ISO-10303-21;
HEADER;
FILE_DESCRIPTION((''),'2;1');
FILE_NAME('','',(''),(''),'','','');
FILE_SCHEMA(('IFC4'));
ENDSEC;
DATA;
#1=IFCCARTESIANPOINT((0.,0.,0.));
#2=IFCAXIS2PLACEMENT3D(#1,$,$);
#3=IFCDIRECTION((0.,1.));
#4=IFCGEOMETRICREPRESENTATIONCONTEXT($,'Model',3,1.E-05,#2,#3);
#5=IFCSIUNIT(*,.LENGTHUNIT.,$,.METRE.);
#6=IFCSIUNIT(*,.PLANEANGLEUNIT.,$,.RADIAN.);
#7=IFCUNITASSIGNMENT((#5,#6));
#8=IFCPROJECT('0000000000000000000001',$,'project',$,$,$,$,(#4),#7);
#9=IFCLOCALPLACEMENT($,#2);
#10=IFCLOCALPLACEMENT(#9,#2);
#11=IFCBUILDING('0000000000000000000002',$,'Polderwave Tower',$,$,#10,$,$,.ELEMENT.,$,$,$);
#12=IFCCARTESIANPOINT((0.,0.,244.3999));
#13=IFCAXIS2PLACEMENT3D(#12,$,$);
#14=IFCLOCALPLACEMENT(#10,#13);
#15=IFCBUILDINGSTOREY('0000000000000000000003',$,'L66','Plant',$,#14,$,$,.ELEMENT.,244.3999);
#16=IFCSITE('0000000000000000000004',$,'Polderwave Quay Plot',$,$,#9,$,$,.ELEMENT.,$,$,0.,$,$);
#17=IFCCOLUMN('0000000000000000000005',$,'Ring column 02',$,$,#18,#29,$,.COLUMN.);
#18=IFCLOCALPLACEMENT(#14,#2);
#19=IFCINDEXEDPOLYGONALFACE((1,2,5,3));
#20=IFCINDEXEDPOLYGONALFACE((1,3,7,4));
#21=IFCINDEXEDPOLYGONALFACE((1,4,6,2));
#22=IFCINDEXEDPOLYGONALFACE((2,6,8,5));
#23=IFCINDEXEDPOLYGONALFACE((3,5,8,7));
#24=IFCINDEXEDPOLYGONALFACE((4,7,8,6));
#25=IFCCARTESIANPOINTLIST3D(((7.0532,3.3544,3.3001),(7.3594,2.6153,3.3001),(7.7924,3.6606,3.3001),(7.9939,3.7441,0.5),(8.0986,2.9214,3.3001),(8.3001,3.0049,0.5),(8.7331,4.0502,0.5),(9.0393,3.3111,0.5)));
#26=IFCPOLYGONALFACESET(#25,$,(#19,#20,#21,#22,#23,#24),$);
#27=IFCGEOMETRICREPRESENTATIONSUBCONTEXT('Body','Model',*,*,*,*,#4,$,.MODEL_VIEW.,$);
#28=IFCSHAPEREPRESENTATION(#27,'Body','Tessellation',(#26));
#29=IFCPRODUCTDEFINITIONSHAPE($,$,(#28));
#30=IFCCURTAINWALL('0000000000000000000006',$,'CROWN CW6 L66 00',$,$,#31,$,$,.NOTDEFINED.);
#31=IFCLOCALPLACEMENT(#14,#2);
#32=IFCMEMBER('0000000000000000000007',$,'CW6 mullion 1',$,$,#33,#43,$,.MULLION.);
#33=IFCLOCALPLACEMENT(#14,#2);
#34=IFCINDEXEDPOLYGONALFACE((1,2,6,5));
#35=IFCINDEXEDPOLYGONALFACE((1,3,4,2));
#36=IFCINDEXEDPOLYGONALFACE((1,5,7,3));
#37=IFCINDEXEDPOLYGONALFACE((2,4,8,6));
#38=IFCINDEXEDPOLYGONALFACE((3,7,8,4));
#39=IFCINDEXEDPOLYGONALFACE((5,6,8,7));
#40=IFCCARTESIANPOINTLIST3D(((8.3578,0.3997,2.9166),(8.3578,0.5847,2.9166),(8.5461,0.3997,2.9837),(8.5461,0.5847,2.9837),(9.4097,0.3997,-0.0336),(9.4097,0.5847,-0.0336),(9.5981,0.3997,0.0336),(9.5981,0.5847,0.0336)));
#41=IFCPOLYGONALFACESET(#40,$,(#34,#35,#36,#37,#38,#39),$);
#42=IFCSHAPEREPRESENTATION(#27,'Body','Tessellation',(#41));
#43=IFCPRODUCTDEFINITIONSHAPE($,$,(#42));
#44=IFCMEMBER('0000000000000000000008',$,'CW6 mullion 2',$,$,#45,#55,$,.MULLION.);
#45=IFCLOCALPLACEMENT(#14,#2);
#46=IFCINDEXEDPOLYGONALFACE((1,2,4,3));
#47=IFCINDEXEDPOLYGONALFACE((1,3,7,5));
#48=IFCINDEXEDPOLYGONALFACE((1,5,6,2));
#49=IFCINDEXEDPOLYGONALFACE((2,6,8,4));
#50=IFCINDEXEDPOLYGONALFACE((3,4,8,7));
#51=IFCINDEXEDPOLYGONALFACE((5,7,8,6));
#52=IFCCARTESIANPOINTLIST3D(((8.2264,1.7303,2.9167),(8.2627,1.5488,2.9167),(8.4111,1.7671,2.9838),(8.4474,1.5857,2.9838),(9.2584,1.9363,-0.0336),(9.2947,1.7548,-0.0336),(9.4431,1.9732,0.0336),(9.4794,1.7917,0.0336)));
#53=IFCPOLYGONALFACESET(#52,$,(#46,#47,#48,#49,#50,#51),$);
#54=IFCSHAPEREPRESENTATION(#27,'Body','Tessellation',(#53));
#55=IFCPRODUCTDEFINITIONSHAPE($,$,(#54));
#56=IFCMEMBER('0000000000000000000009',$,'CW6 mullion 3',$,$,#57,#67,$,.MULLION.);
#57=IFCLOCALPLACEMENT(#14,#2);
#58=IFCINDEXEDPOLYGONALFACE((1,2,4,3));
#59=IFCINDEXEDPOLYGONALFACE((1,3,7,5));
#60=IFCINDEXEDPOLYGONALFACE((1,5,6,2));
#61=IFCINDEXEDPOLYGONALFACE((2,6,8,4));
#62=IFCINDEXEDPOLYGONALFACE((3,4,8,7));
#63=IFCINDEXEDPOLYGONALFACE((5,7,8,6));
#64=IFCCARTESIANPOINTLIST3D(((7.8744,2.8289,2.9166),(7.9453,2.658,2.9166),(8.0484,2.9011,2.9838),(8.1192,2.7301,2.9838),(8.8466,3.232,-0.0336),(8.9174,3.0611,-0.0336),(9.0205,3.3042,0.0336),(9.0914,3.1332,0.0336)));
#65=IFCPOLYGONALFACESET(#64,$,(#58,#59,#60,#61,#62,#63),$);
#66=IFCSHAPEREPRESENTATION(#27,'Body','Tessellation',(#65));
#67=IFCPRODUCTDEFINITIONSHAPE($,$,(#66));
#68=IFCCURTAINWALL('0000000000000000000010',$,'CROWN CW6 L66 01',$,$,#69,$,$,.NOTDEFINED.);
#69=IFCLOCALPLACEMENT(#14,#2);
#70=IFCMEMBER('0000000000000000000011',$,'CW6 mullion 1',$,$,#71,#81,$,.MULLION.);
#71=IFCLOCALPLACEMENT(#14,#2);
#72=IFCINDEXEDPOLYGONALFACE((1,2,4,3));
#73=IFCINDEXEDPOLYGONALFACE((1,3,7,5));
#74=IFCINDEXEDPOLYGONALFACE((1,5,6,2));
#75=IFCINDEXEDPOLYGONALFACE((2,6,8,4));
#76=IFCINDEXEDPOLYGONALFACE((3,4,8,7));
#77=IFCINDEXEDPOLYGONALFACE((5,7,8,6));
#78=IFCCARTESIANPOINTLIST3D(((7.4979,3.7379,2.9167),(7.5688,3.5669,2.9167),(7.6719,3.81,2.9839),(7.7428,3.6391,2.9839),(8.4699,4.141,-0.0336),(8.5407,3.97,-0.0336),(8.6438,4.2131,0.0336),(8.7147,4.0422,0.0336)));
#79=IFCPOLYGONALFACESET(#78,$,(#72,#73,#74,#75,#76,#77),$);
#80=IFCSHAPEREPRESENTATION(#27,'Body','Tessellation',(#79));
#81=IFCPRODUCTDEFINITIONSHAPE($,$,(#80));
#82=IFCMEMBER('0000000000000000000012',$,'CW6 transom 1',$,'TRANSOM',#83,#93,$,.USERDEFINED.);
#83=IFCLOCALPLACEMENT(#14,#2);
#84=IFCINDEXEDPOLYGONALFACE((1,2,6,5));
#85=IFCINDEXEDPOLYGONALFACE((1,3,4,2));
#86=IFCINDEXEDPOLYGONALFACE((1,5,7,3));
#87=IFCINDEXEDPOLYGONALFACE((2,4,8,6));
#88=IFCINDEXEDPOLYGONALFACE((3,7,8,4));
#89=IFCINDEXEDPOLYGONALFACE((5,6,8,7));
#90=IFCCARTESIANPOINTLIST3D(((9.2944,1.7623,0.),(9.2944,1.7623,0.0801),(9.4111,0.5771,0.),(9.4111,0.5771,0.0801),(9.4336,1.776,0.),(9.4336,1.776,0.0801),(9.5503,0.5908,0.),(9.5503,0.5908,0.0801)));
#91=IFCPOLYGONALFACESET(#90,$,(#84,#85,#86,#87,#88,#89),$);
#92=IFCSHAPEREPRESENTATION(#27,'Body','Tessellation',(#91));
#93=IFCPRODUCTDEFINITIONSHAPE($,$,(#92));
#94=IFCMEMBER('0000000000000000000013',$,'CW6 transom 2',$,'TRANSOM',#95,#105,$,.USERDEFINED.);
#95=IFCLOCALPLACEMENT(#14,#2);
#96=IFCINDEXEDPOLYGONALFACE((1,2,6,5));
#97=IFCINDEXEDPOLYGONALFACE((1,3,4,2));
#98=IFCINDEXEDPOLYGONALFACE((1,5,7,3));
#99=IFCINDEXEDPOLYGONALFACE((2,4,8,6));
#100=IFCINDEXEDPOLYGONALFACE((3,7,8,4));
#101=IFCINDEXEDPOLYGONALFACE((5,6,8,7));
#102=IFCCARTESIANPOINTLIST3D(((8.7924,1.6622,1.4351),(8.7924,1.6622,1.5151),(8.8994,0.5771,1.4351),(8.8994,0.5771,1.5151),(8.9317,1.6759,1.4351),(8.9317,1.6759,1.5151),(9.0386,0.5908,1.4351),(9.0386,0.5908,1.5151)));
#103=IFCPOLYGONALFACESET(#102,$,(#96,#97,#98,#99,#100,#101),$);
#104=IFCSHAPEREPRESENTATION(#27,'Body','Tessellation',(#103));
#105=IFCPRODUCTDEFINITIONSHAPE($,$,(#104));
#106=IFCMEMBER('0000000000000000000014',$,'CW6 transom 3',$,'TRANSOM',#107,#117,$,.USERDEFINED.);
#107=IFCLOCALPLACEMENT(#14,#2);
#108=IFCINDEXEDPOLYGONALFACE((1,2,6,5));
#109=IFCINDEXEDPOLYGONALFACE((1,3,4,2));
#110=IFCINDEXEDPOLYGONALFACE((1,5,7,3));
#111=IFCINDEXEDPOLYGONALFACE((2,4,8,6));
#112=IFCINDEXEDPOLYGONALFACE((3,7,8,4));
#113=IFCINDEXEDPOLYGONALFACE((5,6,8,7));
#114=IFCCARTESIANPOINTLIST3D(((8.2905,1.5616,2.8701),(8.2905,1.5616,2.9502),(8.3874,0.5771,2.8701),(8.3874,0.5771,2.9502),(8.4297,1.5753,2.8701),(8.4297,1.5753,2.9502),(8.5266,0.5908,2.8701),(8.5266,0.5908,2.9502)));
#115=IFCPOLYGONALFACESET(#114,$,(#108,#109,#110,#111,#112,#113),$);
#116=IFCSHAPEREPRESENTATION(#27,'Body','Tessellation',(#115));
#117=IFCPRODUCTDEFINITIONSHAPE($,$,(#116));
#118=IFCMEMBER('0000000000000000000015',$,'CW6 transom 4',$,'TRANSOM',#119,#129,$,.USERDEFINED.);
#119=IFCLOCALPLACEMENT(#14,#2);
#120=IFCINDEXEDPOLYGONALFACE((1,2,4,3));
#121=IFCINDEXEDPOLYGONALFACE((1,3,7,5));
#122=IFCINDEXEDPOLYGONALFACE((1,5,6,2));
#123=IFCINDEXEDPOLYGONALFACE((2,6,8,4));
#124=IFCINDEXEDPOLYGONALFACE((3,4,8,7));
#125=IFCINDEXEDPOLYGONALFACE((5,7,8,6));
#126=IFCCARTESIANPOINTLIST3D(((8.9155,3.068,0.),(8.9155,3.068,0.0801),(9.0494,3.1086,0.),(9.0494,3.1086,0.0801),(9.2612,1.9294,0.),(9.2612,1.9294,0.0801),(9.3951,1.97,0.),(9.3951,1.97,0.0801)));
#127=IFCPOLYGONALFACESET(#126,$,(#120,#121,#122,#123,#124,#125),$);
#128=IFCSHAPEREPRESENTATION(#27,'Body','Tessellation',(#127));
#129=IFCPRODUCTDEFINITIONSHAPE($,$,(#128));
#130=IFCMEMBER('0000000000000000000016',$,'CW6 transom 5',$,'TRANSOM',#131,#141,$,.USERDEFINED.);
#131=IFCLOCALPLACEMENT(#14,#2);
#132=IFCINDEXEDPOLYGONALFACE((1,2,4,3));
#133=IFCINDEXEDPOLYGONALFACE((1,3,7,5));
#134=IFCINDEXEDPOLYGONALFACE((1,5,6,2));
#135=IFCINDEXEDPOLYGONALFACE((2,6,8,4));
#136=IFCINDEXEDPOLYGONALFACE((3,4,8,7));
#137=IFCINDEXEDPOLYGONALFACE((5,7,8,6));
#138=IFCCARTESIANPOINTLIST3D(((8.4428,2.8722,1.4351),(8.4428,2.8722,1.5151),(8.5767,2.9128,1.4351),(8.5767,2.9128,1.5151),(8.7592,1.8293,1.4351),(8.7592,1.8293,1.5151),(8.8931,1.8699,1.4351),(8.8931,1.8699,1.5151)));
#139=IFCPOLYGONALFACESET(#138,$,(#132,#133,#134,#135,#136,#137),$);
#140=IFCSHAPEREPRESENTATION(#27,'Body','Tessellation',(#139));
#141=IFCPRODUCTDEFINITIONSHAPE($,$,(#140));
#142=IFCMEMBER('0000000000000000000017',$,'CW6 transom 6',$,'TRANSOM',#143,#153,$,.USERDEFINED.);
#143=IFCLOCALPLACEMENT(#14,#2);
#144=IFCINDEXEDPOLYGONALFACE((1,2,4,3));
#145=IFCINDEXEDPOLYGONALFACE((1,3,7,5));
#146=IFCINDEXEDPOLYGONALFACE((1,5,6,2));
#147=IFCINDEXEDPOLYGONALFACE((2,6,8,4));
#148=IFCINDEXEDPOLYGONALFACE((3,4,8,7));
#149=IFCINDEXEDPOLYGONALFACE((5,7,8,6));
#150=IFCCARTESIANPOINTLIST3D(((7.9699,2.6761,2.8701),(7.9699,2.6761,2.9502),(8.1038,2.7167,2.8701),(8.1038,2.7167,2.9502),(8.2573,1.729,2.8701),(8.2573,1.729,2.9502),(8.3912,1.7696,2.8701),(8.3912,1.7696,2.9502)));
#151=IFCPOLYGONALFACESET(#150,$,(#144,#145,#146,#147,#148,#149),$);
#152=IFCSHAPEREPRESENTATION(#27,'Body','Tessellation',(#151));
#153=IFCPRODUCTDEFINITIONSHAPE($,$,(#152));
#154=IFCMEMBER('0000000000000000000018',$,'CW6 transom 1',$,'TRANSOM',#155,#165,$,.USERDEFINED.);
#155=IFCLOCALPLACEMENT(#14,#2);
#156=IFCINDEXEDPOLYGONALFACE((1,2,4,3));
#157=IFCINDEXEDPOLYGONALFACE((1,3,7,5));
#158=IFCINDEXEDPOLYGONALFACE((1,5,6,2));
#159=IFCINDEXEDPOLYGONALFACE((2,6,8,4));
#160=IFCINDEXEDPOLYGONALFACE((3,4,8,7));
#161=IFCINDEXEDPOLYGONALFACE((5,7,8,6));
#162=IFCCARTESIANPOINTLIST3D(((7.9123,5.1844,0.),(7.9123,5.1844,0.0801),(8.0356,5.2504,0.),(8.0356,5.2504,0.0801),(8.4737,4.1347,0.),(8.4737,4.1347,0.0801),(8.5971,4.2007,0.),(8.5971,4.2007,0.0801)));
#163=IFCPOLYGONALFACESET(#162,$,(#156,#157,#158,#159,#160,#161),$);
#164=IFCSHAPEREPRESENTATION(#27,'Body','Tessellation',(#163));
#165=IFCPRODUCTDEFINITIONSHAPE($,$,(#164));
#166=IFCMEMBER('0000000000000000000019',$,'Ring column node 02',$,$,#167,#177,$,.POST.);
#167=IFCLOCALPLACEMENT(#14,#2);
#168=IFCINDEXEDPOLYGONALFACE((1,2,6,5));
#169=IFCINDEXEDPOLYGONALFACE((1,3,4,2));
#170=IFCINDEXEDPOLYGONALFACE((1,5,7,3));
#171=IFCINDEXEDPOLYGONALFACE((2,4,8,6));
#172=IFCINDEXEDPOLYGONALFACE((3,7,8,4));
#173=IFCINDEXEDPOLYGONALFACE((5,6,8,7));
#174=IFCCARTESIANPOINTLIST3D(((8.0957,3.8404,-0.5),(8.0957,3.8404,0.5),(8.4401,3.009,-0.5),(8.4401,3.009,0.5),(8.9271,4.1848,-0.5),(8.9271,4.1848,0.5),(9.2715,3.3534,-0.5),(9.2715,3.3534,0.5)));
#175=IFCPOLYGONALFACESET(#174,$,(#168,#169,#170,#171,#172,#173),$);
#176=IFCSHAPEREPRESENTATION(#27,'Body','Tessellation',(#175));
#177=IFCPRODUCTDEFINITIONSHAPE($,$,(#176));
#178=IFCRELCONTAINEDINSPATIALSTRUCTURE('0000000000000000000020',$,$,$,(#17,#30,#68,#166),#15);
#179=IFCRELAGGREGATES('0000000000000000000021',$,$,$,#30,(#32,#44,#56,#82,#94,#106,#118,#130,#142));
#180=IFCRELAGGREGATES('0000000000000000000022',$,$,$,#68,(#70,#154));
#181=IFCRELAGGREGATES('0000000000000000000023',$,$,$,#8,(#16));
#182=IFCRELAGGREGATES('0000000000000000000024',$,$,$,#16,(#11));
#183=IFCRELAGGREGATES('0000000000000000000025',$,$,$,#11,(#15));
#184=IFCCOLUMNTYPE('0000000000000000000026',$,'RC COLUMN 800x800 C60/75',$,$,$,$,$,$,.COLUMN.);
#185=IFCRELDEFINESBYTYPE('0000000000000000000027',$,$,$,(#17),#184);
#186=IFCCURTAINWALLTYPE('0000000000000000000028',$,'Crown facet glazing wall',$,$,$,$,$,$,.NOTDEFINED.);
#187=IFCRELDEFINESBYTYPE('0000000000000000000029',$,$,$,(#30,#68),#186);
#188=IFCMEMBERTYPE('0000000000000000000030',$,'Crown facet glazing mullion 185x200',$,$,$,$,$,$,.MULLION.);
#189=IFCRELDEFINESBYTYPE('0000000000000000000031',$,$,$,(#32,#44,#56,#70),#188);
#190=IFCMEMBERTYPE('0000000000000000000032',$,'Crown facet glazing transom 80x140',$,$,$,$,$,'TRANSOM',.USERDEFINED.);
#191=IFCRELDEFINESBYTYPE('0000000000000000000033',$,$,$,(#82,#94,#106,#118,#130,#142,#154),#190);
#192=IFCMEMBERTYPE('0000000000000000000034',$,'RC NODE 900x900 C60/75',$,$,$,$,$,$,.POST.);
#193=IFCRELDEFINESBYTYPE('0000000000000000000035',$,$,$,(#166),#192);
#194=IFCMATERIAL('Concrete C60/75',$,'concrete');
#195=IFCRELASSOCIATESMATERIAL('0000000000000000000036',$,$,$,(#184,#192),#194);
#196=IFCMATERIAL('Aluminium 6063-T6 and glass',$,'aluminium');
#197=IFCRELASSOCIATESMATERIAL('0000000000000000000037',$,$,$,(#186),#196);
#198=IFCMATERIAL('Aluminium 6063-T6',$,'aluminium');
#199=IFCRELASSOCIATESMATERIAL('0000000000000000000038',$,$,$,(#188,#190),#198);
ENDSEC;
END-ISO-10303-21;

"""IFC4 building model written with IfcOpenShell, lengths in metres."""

from ifc_helpers import new_model, si_unit, direction, frame, origin, origin_2d, place, context, subcontext, project, spatial, rectangle, extrude, material, material_profile, profile_set, type_object, element, aggregate, save


model = new_model("IFC4")

# Units and contexts
model_context = context("Model", 3, precision=1e-05, world=origin(), true_north=direction((0.0, 1.0)))
body_context = subcontext(model_context, "Body", "Model", "MODEL_VIEW")
ifc_project = project(units=[si_unit("LENGTHUNIT", "METRE"), si_unit("PLANEANGLEUNIT", "RADIAN")], contexts=[model_context])

# Site, building, storey
site_placement = place(None, origin())
site = spatial("IfcSite", under=ifc_project, at=site_placement, Name="Polderwave Quay Plot", CompositionType="ELEMENT", RefElevation=0.0)
building_placement = place(site_placement, origin())
building = spatial("IfcBuilding", under=site, at=building_placement, Name="Polderwave Tower", CompositionType="ELEMENT")
storey_placement = place(building_placement, frame((0.0, 0.0, 244.3999)))
storey = spatial("IfcBuildingStorey", under=building, at=storey_placement, Name="L66", Description="Plant", CompositionType="ELEMENT", Elevation=244.3999)

# Column
ifc_material_1 = material(Name="Concrete C60/75", Category="concrete")
ifc_material_profile_1 = material_profile(ifc_material_1, rectangle(XDim=0.8, YDim=0.8, at=origin_2d()), Name="RC 800x800")
ifc_profile_set_1 = profile_set([ifc_material_profile_1], Name="Concrete C60/75")
column_type = type_object("IfcColumnType", Name="RC COLUMN 800x800 C60/75", PredefinedType="COLUMN", material=ifc_profile_set_1)
column_placement = place(storey_placement, frame((8.5166, 3.5276, 0.5), z_axis=(0.0, 0.0, 1.0), x_axis=(0.382691, -0.923877, 0.0)))
element("IfcColumn", 1, at=column_placement, inside=storey, type_object=column_type, Name="Ring column 02", PredefinedType="COLUMN", context=body_context, shape_type="SweptSolid", body=[
    extrude(rectangle(XDim=0.8, YDim=0.8, at=origin_2d()), origin(), (0.0, -0.341738, 0.939795), 2.9795),
])

# Curtain wall, members
ifc_material_2 = material(Name="Aluminium 6063-T6 and glass", Category="aluminium")
curtain_wall_type = type_object("IfcCurtainWallType", Name="Crown facet glazing wall", PredefinedType="NOTDEFINED", material=ifc_material_2)
curtain_wall_1_placement = place(storey_placement, origin())
curtain_wall_1 = element("IfcCurtainWall", 2, at=curtain_wall_1_placement, inside=storey, type_object=curtain_wall_type, Name="CROWN CW6 L66 00", PredefinedType="NOTDEFINED")
ifc_material_3 = material(Name="Aluminium 6063-T6", Category="aluminium")
ifc_material_profile_2 = material_profile(ifc_material_3, rectangle(XDim=0.1851, YDim=0.2, at=origin_2d()), Name="AL 185x200")
ifc_profile_set_2 = profile_set([ifc_material_profile_2], Name="Aluminium 6063-T6")
member_type_1 = type_object("IfcMemberType", Name="Crown facet glazing mullion 185x200", PredefinedType="MULLION", material=ifc_profile_set_2)
member_1_placement = place(storey_placement, frame((9.5039, 0.4922, 0.0), z_axis=(-0.335872, 0.0, 0.941908), x_axis=(0.0, -1.0, 0.0)))
member_1 = element("IfcMember", 3, at=member_1_placement, type_object=member_type_1, Name="CW6 mullion 1", PredefinedType="MULLION", context=body_context, shape_type="SweptSolid", body=[
    extrude(rectangle(XDim=0.1851, YDim=0.2, at=origin_2d()), origin(), (0.0, 0.0, 1.0), 3.1321),
])
member_2_placement = place(storey_placement, frame((9.3689, 1.864, 0.0), z_axis=(-0.329468, -0.065785, 0.941872), x_axis=(0.195804, -0.980643, 0.0)))
member_2 = element("IfcMember", 4, at=member_2_placement, type_object=member_type_1, Name="CW6 mullion 2", PredefinedType="MULLION", context=body_context, shape_type="SweptSolid", body=[
    extrude(rectangle(XDim=0.1851, YDim=0.2, at=origin_2d()), origin(), (0.0, 0.0, 1.0), 3.1323),
])
member_3_placement = place(storey_placement, frame((8.969, 3.1826, 0.0), z_axis=(-0.31037, -0.128684, 0.941866), x_axis=(0.383001, -0.923748, 0.0)))
member_3 = element("IfcMember", 5, at=member_3_placement, type_object=member_type_1, Name="CW6 mullion 3", PredefinedType="MULLION", context=body_context, shape_type="SweptSolid", body=[
    extrude(rectangle(XDim=0.1851, YDim=0.2, at=origin_2d()), origin(), (0.0, 0.0, 1.0), 3.1323),
])

# Curtain wall, member
curtain_wall_2_placement = place(storey_placement, origin())
curtain_wall_2 = element("IfcCurtainWall", 6, at=curtain_wall_2_placement, inside=storey, type_object=curtain_wall_type, Name="CROWN CW6 L66 01", PredefinedType="NOTDEFINED")
member_4_placement = place(storey_placement, frame((8.5923, 4.0916, 0.0), z_axis=(-0.310299, -0.128687, 0.941888), x_axis=(0.383083, -0.923714, 0.0)))
member_4 = element("IfcMember", 7, at=member_4_placement, type_object=member_type_1, Name="CW6 mullion 1", PredefinedType="MULLION", context=body_context, shape_type="SweptSolid", body=[
    extrude(rectangle(XDim=0.1851, YDim=0.2, at=origin_2d()), origin(), (0.0, 0.0, 1.0), 3.1323),
])

# Members
ifc_material_profile_3 = material_profile(ifc_material_3, rectangle(XDim=0.1399, YDim=0.0801, at=origin_2d()), Name="AL 80x140")
ifc_profile_set_3 = profile_set([ifc_material_profile_3], Name="Aluminium 6063-T6")
member_type_2 = type_object("IfcMemberType", Name="Crown facet glazing transom 80x140", ElementType="TRANSOM", PredefinedType="USERDEFINED", material=ifc_profile_set_3)
member_5_placement = place(storey_placement, frame((9.4807, 0.584, 0.04), z_axis=(-0.097981, 0.995188, 0.0), x_axis=(-0.995188, -0.097981, 0.0)))
member_5 = element("IfcMember", 8, at=member_5_placement, type_object=member_type_2, Name="CW6 transom 1", ObjectType="TRANSOM", PredefinedType="USERDEFINED", context=body_context, shape_type="SweptSolid", body=[
    extrude(rectangle(XDim=0.1399, YDim=0.0801, at=origin_2d()), origin(), (0.0, 0.0, 1.0), 1.1909),
])
member_6_placement = place(storey_placement, frame((8.969, 0.584, 1.4751), z_axis=(-0.098085, 0.995178, 0.0), x_axis=(-0.995178, -0.098085, 0.0)))
member_6 = element("IfcMember", 9, at=member_6_placement, type_object=member_type_2, Name="CW6 transom 2", ObjectType="TRANSOM", PredefinedType="USERDEFINED", context=body_context, shape_type="SweptSolid", body=[
    extrude(rectangle(XDim=0.1399, YDim=0.0801, at=origin_2d()), origin(), (0.0, 0.0, 1.0), 1.0903),
])
member_7_placement = place(storey_placement, frame((8.457, 0.584, 2.9102), z_axis=(-0.097964, 0.99519, 0.0), x_axis=(-0.99519, -0.097964, 0.0)))
member_7 = element("IfcMember", 10, at=member_7_placement, type_object=member_type_2, Name="CW6 transom 3", ObjectType="TRANSOM", PredefinedType="USERDEFINED", context=body_context, shape_type="SweptSolid", body=[
    extrude(rectangle(XDim=0.1399, YDim=0.0801, at=origin_2d()), origin(), (0.0, 0.0, 1.0), 0.9893),
])
member_8_placement = place(storey_placement, frame((9.3281, 1.9497, 0.04), z_axis=(-0.290508, 0.956872, 0.0), x_axis=(-0.956872, -0.290508, 0.0)))
member_8 = element("IfcMember", 11, at=member_8_placement, type_object=member_type_2, Name="CW6 transom 4", ObjectType="TRANSOM", PredefinedType="USERDEFINED", context=body_context, shape_type="SweptSolid", body=[
    extrude(rectangle(XDim=0.1399, YDim=0.0801, at=origin_2d()), origin(), (0.0, 0.0, 1.0), 1.1899),
])
member_9_placement = place(storey_placement, frame((8.8262, 1.8496, 1.4751), z_axis=(-0.290306, 0.956934, 0.0), x_axis=(-0.956934, -0.290306, 0.0)))
member_9 = element("IfcMember", 12, at=member_9_placement, type_object=member_type_2, Name="CW6 transom 5", ObjectType="TRANSOM", PredefinedType="USERDEFINED", context=body_context, shape_type="SweptSolid", body=[
    extrude(rectangle(XDim=0.1399, YDim=0.0801, at=origin_2d()), origin(), (0.0, 0.0, 1.0), 1.0898),
])
member_10_placement = place(storey_placement, frame((8.3242, 1.7493, 2.9102), z_axis=(-0.290357, 0.956919, 0.0), x_axis=(-0.956919, -0.290357, 0.0)))
member_10 = element("IfcMember", 13, at=member_10_placement, type_object=member_type_2, Name="CW6 transom 6", ObjectType="TRANSOM", PredefinedType="USERDEFINED", context=body_context, shape_type="SweptSolid", body=[
    extrude(rectangle(XDim=0.1399, YDim=0.0801, at=origin_2d()), origin(), (0.0, 0.0, 1.0), 0.9897),
])
member_11_placement = place(storey_placement, frame((8.5354, 4.1677, 0.04), z_axis=(-0.471652, 0.881785, 0.0), x_axis=(-0.881785, -0.471652, 0.0)))
member_11 = element("IfcMember", 14, at=member_11_placement, type_object=member_type_2, Name="CW6 transom 1", ObjectType="TRANSOM", PredefinedType="USERDEFINED", context=body_context, shape_type="SweptSolid", body=[
    extrude(rectangle(XDim=0.1399, YDim=0.0801, at=origin_2d()), origin(), (0.0, 0.0, 1.0), 1.1904),
])
ifc_material_profile_4 = material_profile(ifc_material_1, rectangle(XDim=0.8999, YDim=0.8999, at=origin_2d()), Name="RC 900x900")
ifc_profile_set_4 = profile_set([ifc_material_profile_4], Name="Concrete C60/75")
member_type_3 = type_object("IfcMemberType", Name="RC NODE 900x900 C60/75", PredefinedType="POST", material=ifc_profile_set_4)
member_12_placement = place(storey_placement, frame((8.6836, 3.5969, -0.5), z_axis=(0.0, 0.0, 1.0), x_axis=(0.92388, 0.382683, 0.0)))
element("IfcMember", 15, at=member_12_placement, inside=storey, type_object=member_type_3, Name="Ring column node 02", PredefinedType="POST", context=body_context, shape_type="SweptSolid", body=[
    extrude(rectangle(XDim=0.8999, YDim=0.8999, at=origin_2d()), origin(), (0.0, 0.0, 1.0), 1.0),
])

aggregate(curtain_wall_1, [member_1, member_2, member_3, member_5, member_6, member_7, member_8, member_9, member_10])
aggregate(curtain_wall_2, [member_4, member_11])

save(model, "model.ifc")
